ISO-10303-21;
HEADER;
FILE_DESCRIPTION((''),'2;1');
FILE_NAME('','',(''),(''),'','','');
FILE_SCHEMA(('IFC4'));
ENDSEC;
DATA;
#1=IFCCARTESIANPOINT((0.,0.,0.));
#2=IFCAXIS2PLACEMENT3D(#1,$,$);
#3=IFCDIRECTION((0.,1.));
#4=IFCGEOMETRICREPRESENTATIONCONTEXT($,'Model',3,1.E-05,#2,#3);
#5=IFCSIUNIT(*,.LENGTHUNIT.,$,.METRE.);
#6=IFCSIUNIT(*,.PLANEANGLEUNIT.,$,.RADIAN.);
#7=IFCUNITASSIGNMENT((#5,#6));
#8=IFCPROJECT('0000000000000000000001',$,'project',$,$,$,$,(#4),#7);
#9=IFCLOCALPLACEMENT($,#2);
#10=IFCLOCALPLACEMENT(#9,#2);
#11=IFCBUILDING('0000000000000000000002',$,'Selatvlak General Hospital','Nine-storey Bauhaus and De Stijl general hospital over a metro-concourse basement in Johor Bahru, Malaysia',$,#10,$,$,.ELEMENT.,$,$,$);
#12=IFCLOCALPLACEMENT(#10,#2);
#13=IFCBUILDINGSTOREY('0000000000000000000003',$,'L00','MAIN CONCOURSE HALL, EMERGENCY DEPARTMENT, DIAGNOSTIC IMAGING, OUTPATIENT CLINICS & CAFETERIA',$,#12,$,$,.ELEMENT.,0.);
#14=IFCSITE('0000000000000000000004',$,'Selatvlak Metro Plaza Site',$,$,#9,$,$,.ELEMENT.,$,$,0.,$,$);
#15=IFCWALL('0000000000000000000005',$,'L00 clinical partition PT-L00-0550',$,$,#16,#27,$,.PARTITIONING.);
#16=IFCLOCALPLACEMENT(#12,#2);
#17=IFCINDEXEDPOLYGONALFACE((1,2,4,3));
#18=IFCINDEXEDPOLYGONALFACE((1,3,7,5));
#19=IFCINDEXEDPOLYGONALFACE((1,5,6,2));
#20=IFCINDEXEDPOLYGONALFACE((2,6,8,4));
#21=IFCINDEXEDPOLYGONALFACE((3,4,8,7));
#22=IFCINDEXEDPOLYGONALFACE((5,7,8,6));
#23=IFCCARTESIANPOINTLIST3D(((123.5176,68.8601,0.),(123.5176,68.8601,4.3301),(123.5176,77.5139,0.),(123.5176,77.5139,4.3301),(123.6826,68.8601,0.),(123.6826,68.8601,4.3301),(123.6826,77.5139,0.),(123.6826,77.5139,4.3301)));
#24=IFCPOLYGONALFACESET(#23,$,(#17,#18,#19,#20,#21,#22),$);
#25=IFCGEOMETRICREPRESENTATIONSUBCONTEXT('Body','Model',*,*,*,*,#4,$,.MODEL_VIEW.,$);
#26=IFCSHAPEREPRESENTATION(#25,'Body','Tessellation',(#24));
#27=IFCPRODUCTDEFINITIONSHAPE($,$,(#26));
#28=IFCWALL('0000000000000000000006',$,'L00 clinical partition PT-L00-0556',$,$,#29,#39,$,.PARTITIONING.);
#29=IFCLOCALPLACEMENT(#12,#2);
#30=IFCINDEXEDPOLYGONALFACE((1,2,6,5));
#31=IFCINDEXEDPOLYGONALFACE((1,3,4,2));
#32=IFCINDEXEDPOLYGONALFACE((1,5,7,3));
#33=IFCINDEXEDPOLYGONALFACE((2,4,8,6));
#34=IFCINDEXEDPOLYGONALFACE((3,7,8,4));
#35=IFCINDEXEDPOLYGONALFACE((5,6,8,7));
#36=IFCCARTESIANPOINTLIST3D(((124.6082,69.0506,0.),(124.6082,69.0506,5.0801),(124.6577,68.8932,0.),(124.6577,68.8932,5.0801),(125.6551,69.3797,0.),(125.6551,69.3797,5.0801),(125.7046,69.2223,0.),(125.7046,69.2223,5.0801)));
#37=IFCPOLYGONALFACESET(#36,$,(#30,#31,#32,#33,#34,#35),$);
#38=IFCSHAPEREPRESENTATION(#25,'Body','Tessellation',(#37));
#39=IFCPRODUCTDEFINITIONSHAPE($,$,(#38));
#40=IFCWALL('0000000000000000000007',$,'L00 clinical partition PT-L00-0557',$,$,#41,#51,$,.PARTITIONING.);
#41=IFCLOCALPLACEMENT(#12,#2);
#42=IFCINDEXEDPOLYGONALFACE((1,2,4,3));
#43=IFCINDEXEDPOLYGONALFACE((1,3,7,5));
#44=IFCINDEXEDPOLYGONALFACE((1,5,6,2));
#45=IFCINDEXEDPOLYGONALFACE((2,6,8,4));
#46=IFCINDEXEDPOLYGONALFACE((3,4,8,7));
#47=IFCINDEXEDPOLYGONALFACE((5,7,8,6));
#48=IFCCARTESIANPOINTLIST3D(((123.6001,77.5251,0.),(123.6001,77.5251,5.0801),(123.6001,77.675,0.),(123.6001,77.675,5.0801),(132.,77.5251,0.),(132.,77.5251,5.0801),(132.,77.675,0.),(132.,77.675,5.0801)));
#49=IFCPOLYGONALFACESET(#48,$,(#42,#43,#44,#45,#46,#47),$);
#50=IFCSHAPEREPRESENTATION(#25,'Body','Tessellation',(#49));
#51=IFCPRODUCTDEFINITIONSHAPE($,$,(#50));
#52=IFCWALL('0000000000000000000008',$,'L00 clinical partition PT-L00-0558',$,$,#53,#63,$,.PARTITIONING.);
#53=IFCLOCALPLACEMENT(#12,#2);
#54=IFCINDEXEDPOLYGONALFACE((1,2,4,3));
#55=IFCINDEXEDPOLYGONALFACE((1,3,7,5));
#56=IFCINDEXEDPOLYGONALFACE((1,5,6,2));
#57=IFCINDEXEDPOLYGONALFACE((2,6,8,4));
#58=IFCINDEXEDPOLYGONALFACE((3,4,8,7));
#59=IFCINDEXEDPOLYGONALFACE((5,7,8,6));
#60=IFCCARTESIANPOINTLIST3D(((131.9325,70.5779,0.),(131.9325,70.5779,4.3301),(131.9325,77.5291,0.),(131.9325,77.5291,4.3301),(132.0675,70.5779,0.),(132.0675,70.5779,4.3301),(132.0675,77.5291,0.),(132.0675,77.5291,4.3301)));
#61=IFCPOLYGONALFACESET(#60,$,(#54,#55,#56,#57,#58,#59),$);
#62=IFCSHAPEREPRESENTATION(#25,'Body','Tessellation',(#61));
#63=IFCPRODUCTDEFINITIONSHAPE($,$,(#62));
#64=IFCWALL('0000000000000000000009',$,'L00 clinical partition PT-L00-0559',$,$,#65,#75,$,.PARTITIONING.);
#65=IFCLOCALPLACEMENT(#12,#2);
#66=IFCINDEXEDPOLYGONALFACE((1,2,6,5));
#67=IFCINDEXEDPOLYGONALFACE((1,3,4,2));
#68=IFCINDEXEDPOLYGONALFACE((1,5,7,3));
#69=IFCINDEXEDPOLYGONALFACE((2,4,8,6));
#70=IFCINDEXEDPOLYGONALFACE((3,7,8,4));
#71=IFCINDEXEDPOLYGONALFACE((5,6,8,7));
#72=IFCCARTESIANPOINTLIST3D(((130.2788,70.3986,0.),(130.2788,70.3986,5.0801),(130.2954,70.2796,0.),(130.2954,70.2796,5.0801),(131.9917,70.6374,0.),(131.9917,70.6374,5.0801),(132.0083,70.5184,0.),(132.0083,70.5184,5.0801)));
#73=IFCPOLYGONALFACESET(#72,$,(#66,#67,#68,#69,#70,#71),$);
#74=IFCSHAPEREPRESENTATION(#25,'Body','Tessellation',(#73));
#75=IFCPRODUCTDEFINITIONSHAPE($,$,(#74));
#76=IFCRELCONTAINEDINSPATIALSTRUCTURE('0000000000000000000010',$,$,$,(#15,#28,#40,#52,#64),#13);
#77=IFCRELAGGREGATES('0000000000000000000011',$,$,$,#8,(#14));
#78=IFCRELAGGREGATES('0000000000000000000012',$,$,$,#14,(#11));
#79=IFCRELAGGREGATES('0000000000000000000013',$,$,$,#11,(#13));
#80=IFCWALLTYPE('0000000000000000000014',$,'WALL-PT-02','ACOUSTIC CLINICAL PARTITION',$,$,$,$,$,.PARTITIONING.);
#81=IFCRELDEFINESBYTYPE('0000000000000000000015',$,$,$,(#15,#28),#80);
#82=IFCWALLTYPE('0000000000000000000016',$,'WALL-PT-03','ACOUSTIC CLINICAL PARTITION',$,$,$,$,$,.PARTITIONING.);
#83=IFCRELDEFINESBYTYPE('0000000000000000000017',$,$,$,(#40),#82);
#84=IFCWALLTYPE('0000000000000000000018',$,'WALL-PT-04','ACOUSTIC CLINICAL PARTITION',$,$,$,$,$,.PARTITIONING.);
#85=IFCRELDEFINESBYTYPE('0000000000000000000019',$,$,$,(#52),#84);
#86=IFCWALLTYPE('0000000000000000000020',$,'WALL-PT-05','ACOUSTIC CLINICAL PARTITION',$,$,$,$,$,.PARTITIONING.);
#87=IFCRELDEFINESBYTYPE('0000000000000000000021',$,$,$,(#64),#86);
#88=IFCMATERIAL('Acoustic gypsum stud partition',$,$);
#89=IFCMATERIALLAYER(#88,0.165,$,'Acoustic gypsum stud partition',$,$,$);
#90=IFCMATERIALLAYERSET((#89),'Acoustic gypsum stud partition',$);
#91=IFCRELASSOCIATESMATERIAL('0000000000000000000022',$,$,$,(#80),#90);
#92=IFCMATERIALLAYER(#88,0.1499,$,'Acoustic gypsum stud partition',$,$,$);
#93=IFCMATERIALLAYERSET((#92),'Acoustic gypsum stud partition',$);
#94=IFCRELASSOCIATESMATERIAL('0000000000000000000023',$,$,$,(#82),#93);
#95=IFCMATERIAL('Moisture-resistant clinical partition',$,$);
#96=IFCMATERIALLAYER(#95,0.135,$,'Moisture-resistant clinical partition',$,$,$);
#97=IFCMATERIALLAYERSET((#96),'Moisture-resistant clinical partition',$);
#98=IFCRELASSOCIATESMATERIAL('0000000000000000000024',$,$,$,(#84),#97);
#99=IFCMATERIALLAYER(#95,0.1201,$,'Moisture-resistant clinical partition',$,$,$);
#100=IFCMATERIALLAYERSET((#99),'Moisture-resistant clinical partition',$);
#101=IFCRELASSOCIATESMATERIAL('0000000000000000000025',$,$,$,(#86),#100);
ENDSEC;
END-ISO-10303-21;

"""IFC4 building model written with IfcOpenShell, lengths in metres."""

from ifc_helpers import new_model, si_unit, direction, frame, frame_2d, origin, place, context, subcontext, project, spatial, rectangle, extrude, material, layer, layer_set, type_object, element, save


model = new_model("IFC4")

# Units and contexts
model_context = context("Model", 3, precision=1e-05, world=origin(), true_north=direction((0.0, 1.0)))
body_context = subcontext(model_context, "Body", "Model", "MODEL_VIEW")
ifc_project = project(units=[si_unit("LENGTHUNIT", "METRE"), si_unit("PLANEANGLEUNIT", "RADIAN")], contexts=[model_context])

# Site, building, storey
site_placement = place(None, origin())
site = spatial("IfcSite", under=ifc_project, at=site_placement, Name="Selatvlak Metro Plaza Site", CompositionType="ELEMENT", RefElevation=0.0)
building_placement = place(site_placement, origin())
building = spatial("IfcBuilding", under=site, at=building_placement, Name="Selatvlak General Hospital", Description="Nine-storey Bauhaus and De Stijl general hospital over a metro-concourse basement in Johor Bahru, Malaysia", CompositionType="ELEMENT")
storey_placement = place(building_placement, origin())
storey = spatial("IfcBuildingStorey", under=building, at=storey_placement, Name="L00", Description="MAIN CONCOURSE HALL, EMERGENCY DEPARTMENT, DIAGNOSTIC IMAGING, OUTPATIENT CLINICS & CAFETERIA", CompositionType="ELEMENT", Elevation=0.0)

# Shared definitions
ifc_material_1 = material(Name="Acoustic gypsum stud partition")

# Walls
ifc_layer_1 = layer(ifc_material_1, 0.165, Name="Acoustic gypsum stud partition")
ifc_layer_set_1 = layer_set([ifc_layer_1], Name="Acoustic gypsum stud partition")
wall_type_1 = type_object("IfcWallType", Name="WALL-PT-02", Description="ACOUSTIC CLINICAL PARTITION", PredefinedType="PARTITIONING", material=ifc_layer_set_1)
wall_1_placement = place(storey_placement, frame((123.6001, 77.5139, 0.0), z_axis=(0.0, 0.0, 1.0), x_axis=(0.0, -1.0, 0.0)))
element("IfcWall", 1, at=wall_1_placement, inside=storey, type_object=wall_type_1, Name="L00 clinical partition PT-L00-0550", PredefinedType="PARTITIONING", context=body_context, shape_type="SweptSolid", body=[
    extrude(rectangle(XDim=8.6538, YDim=0.165, at=frame_2d((4.3269, 0.0))), origin(), (0.0, 0.0, 1.0), 4.3301),
])
wall_2_placement = place(storey_placement, frame((125.6799, 69.301, 0.0), z_axis=(0.0, 0.0, 1.0), x_axis=(-0.953972, -0.299896, 0.0)))
element("IfcWall", 2, at=wall_2_placement, inside=storey, type_object=wall_type_1, Name="L00 clinical partition PT-L00-0556", PredefinedType="PARTITIONING", context=body_context, shape_type="SweptSolid", body=[
    extrude(rectangle(XDim=1.0974, YDim=0.165, at=frame_2d((0.5488, 0.0))), origin(), (0.0, 0.0, 1.0), 5.0801),
])
ifc_layer_2 = layer(ifc_material_1, 0.1499, Name="Acoustic gypsum stud partition")
ifc_layer_set_2 = layer_set([ifc_layer_2], Name="Acoustic gypsum stud partition")
wall_type_2 = type_object("IfcWallType", Name="WALL-PT-03", Description="ACOUSTIC CLINICAL PARTITION", PredefinedType="PARTITIONING", material=ifc_layer_set_2)
wall_3_placement = place(storey_placement, frame((123.6001, 77.6001, 0.0), z_axis=(0.0, 0.0, 1.0), x_axis=(1.0, 0.0, 0.0)))
element("IfcWall", 3, at=wall_3_placement, inside=storey, type_object=wall_type_2, Name="L00 clinical partition PT-L00-0557", PredefinedType="PARTITIONING", context=body_context, shape_type="SweptSolid", body=[
    extrude(rectangle(XDim=8.3999, YDim=0.1499, at=frame_2d((4.2, 0.0))), origin(), (0.0, 0.0, 1.0), 5.0801),
])
ifc_material_2 = material(Name="Moisture-resistant clinical partition")
ifc_layer_3 = layer(ifc_material_2, 0.135, Name="Moisture-resistant clinical partition")
ifc_layer_set_3 = layer_set([ifc_layer_3], Name="Moisture-resistant clinical partition")
wall_type_3 = type_object("IfcWallType", Name="WALL-PT-04", Description="ACOUSTIC CLINICAL PARTITION", PredefinedType="PARTITIONING", material=ifc_layer_set_3)
wall_4_placement = place(storey_placement, frame((132.0, 77.5291, 0.0), z_axis=(0.0, 0.0, 1.0), x_axis=(0.0, -1.0, 0.0)))
element("IfcWall", 4, at=wall_4_placement, inside=storey, type_object=wall_type_3, Name="L00 clinical partition PT-L00-0558", PredefinedType="PARTITIONING", context=body_context, shape_type="SweptSolid", body=[
    extrude(rectangle(XDim=6.9512, YDim=0.135, at=frame_2d((3.4756, 0.0))), origin(), (0.0, 0.0, 1.0), 4.3301),
])
ifc_layer_4 = layer(ifc_material_2, 0.1201, Name="Moisture-resistant clinical partition")
ifc_layer_set_4 = layer_set([ifc_layer_4], Name="Moisture-resistant clinical partition")
wall_type_4 = type_object("IfcWallType", Name="WALL-PT-05", Description="ACOUSTIC CLINICAL PARTITION", PredefinedType="PARTITIONING", material=ifc_layer_set_4)
wall_5_placement = place(storey_placement, frame((132.0, 70.5779, 0.0), z_axis=(0.0, 0.0, 1.0), x_axis=(-0.990424, -0.138061, 0.0)))
element("IfcWall", 5, at=wall_5_placement, inside=storey, type_object=wall_type_4, Name="L00 clinical partition PT-L00-0559", PredefinedType="PARTITIONING", context=body_context, shape_type="SweptSolid", body=[
    extrude(rectangle(XDim=1.7295, YDim=0.1201, at=frame_2d((0.8647, 0.0))), origin(), (0.0, 0.0, 1.0), 5.0801),
])

save(model, "model.ifc")
